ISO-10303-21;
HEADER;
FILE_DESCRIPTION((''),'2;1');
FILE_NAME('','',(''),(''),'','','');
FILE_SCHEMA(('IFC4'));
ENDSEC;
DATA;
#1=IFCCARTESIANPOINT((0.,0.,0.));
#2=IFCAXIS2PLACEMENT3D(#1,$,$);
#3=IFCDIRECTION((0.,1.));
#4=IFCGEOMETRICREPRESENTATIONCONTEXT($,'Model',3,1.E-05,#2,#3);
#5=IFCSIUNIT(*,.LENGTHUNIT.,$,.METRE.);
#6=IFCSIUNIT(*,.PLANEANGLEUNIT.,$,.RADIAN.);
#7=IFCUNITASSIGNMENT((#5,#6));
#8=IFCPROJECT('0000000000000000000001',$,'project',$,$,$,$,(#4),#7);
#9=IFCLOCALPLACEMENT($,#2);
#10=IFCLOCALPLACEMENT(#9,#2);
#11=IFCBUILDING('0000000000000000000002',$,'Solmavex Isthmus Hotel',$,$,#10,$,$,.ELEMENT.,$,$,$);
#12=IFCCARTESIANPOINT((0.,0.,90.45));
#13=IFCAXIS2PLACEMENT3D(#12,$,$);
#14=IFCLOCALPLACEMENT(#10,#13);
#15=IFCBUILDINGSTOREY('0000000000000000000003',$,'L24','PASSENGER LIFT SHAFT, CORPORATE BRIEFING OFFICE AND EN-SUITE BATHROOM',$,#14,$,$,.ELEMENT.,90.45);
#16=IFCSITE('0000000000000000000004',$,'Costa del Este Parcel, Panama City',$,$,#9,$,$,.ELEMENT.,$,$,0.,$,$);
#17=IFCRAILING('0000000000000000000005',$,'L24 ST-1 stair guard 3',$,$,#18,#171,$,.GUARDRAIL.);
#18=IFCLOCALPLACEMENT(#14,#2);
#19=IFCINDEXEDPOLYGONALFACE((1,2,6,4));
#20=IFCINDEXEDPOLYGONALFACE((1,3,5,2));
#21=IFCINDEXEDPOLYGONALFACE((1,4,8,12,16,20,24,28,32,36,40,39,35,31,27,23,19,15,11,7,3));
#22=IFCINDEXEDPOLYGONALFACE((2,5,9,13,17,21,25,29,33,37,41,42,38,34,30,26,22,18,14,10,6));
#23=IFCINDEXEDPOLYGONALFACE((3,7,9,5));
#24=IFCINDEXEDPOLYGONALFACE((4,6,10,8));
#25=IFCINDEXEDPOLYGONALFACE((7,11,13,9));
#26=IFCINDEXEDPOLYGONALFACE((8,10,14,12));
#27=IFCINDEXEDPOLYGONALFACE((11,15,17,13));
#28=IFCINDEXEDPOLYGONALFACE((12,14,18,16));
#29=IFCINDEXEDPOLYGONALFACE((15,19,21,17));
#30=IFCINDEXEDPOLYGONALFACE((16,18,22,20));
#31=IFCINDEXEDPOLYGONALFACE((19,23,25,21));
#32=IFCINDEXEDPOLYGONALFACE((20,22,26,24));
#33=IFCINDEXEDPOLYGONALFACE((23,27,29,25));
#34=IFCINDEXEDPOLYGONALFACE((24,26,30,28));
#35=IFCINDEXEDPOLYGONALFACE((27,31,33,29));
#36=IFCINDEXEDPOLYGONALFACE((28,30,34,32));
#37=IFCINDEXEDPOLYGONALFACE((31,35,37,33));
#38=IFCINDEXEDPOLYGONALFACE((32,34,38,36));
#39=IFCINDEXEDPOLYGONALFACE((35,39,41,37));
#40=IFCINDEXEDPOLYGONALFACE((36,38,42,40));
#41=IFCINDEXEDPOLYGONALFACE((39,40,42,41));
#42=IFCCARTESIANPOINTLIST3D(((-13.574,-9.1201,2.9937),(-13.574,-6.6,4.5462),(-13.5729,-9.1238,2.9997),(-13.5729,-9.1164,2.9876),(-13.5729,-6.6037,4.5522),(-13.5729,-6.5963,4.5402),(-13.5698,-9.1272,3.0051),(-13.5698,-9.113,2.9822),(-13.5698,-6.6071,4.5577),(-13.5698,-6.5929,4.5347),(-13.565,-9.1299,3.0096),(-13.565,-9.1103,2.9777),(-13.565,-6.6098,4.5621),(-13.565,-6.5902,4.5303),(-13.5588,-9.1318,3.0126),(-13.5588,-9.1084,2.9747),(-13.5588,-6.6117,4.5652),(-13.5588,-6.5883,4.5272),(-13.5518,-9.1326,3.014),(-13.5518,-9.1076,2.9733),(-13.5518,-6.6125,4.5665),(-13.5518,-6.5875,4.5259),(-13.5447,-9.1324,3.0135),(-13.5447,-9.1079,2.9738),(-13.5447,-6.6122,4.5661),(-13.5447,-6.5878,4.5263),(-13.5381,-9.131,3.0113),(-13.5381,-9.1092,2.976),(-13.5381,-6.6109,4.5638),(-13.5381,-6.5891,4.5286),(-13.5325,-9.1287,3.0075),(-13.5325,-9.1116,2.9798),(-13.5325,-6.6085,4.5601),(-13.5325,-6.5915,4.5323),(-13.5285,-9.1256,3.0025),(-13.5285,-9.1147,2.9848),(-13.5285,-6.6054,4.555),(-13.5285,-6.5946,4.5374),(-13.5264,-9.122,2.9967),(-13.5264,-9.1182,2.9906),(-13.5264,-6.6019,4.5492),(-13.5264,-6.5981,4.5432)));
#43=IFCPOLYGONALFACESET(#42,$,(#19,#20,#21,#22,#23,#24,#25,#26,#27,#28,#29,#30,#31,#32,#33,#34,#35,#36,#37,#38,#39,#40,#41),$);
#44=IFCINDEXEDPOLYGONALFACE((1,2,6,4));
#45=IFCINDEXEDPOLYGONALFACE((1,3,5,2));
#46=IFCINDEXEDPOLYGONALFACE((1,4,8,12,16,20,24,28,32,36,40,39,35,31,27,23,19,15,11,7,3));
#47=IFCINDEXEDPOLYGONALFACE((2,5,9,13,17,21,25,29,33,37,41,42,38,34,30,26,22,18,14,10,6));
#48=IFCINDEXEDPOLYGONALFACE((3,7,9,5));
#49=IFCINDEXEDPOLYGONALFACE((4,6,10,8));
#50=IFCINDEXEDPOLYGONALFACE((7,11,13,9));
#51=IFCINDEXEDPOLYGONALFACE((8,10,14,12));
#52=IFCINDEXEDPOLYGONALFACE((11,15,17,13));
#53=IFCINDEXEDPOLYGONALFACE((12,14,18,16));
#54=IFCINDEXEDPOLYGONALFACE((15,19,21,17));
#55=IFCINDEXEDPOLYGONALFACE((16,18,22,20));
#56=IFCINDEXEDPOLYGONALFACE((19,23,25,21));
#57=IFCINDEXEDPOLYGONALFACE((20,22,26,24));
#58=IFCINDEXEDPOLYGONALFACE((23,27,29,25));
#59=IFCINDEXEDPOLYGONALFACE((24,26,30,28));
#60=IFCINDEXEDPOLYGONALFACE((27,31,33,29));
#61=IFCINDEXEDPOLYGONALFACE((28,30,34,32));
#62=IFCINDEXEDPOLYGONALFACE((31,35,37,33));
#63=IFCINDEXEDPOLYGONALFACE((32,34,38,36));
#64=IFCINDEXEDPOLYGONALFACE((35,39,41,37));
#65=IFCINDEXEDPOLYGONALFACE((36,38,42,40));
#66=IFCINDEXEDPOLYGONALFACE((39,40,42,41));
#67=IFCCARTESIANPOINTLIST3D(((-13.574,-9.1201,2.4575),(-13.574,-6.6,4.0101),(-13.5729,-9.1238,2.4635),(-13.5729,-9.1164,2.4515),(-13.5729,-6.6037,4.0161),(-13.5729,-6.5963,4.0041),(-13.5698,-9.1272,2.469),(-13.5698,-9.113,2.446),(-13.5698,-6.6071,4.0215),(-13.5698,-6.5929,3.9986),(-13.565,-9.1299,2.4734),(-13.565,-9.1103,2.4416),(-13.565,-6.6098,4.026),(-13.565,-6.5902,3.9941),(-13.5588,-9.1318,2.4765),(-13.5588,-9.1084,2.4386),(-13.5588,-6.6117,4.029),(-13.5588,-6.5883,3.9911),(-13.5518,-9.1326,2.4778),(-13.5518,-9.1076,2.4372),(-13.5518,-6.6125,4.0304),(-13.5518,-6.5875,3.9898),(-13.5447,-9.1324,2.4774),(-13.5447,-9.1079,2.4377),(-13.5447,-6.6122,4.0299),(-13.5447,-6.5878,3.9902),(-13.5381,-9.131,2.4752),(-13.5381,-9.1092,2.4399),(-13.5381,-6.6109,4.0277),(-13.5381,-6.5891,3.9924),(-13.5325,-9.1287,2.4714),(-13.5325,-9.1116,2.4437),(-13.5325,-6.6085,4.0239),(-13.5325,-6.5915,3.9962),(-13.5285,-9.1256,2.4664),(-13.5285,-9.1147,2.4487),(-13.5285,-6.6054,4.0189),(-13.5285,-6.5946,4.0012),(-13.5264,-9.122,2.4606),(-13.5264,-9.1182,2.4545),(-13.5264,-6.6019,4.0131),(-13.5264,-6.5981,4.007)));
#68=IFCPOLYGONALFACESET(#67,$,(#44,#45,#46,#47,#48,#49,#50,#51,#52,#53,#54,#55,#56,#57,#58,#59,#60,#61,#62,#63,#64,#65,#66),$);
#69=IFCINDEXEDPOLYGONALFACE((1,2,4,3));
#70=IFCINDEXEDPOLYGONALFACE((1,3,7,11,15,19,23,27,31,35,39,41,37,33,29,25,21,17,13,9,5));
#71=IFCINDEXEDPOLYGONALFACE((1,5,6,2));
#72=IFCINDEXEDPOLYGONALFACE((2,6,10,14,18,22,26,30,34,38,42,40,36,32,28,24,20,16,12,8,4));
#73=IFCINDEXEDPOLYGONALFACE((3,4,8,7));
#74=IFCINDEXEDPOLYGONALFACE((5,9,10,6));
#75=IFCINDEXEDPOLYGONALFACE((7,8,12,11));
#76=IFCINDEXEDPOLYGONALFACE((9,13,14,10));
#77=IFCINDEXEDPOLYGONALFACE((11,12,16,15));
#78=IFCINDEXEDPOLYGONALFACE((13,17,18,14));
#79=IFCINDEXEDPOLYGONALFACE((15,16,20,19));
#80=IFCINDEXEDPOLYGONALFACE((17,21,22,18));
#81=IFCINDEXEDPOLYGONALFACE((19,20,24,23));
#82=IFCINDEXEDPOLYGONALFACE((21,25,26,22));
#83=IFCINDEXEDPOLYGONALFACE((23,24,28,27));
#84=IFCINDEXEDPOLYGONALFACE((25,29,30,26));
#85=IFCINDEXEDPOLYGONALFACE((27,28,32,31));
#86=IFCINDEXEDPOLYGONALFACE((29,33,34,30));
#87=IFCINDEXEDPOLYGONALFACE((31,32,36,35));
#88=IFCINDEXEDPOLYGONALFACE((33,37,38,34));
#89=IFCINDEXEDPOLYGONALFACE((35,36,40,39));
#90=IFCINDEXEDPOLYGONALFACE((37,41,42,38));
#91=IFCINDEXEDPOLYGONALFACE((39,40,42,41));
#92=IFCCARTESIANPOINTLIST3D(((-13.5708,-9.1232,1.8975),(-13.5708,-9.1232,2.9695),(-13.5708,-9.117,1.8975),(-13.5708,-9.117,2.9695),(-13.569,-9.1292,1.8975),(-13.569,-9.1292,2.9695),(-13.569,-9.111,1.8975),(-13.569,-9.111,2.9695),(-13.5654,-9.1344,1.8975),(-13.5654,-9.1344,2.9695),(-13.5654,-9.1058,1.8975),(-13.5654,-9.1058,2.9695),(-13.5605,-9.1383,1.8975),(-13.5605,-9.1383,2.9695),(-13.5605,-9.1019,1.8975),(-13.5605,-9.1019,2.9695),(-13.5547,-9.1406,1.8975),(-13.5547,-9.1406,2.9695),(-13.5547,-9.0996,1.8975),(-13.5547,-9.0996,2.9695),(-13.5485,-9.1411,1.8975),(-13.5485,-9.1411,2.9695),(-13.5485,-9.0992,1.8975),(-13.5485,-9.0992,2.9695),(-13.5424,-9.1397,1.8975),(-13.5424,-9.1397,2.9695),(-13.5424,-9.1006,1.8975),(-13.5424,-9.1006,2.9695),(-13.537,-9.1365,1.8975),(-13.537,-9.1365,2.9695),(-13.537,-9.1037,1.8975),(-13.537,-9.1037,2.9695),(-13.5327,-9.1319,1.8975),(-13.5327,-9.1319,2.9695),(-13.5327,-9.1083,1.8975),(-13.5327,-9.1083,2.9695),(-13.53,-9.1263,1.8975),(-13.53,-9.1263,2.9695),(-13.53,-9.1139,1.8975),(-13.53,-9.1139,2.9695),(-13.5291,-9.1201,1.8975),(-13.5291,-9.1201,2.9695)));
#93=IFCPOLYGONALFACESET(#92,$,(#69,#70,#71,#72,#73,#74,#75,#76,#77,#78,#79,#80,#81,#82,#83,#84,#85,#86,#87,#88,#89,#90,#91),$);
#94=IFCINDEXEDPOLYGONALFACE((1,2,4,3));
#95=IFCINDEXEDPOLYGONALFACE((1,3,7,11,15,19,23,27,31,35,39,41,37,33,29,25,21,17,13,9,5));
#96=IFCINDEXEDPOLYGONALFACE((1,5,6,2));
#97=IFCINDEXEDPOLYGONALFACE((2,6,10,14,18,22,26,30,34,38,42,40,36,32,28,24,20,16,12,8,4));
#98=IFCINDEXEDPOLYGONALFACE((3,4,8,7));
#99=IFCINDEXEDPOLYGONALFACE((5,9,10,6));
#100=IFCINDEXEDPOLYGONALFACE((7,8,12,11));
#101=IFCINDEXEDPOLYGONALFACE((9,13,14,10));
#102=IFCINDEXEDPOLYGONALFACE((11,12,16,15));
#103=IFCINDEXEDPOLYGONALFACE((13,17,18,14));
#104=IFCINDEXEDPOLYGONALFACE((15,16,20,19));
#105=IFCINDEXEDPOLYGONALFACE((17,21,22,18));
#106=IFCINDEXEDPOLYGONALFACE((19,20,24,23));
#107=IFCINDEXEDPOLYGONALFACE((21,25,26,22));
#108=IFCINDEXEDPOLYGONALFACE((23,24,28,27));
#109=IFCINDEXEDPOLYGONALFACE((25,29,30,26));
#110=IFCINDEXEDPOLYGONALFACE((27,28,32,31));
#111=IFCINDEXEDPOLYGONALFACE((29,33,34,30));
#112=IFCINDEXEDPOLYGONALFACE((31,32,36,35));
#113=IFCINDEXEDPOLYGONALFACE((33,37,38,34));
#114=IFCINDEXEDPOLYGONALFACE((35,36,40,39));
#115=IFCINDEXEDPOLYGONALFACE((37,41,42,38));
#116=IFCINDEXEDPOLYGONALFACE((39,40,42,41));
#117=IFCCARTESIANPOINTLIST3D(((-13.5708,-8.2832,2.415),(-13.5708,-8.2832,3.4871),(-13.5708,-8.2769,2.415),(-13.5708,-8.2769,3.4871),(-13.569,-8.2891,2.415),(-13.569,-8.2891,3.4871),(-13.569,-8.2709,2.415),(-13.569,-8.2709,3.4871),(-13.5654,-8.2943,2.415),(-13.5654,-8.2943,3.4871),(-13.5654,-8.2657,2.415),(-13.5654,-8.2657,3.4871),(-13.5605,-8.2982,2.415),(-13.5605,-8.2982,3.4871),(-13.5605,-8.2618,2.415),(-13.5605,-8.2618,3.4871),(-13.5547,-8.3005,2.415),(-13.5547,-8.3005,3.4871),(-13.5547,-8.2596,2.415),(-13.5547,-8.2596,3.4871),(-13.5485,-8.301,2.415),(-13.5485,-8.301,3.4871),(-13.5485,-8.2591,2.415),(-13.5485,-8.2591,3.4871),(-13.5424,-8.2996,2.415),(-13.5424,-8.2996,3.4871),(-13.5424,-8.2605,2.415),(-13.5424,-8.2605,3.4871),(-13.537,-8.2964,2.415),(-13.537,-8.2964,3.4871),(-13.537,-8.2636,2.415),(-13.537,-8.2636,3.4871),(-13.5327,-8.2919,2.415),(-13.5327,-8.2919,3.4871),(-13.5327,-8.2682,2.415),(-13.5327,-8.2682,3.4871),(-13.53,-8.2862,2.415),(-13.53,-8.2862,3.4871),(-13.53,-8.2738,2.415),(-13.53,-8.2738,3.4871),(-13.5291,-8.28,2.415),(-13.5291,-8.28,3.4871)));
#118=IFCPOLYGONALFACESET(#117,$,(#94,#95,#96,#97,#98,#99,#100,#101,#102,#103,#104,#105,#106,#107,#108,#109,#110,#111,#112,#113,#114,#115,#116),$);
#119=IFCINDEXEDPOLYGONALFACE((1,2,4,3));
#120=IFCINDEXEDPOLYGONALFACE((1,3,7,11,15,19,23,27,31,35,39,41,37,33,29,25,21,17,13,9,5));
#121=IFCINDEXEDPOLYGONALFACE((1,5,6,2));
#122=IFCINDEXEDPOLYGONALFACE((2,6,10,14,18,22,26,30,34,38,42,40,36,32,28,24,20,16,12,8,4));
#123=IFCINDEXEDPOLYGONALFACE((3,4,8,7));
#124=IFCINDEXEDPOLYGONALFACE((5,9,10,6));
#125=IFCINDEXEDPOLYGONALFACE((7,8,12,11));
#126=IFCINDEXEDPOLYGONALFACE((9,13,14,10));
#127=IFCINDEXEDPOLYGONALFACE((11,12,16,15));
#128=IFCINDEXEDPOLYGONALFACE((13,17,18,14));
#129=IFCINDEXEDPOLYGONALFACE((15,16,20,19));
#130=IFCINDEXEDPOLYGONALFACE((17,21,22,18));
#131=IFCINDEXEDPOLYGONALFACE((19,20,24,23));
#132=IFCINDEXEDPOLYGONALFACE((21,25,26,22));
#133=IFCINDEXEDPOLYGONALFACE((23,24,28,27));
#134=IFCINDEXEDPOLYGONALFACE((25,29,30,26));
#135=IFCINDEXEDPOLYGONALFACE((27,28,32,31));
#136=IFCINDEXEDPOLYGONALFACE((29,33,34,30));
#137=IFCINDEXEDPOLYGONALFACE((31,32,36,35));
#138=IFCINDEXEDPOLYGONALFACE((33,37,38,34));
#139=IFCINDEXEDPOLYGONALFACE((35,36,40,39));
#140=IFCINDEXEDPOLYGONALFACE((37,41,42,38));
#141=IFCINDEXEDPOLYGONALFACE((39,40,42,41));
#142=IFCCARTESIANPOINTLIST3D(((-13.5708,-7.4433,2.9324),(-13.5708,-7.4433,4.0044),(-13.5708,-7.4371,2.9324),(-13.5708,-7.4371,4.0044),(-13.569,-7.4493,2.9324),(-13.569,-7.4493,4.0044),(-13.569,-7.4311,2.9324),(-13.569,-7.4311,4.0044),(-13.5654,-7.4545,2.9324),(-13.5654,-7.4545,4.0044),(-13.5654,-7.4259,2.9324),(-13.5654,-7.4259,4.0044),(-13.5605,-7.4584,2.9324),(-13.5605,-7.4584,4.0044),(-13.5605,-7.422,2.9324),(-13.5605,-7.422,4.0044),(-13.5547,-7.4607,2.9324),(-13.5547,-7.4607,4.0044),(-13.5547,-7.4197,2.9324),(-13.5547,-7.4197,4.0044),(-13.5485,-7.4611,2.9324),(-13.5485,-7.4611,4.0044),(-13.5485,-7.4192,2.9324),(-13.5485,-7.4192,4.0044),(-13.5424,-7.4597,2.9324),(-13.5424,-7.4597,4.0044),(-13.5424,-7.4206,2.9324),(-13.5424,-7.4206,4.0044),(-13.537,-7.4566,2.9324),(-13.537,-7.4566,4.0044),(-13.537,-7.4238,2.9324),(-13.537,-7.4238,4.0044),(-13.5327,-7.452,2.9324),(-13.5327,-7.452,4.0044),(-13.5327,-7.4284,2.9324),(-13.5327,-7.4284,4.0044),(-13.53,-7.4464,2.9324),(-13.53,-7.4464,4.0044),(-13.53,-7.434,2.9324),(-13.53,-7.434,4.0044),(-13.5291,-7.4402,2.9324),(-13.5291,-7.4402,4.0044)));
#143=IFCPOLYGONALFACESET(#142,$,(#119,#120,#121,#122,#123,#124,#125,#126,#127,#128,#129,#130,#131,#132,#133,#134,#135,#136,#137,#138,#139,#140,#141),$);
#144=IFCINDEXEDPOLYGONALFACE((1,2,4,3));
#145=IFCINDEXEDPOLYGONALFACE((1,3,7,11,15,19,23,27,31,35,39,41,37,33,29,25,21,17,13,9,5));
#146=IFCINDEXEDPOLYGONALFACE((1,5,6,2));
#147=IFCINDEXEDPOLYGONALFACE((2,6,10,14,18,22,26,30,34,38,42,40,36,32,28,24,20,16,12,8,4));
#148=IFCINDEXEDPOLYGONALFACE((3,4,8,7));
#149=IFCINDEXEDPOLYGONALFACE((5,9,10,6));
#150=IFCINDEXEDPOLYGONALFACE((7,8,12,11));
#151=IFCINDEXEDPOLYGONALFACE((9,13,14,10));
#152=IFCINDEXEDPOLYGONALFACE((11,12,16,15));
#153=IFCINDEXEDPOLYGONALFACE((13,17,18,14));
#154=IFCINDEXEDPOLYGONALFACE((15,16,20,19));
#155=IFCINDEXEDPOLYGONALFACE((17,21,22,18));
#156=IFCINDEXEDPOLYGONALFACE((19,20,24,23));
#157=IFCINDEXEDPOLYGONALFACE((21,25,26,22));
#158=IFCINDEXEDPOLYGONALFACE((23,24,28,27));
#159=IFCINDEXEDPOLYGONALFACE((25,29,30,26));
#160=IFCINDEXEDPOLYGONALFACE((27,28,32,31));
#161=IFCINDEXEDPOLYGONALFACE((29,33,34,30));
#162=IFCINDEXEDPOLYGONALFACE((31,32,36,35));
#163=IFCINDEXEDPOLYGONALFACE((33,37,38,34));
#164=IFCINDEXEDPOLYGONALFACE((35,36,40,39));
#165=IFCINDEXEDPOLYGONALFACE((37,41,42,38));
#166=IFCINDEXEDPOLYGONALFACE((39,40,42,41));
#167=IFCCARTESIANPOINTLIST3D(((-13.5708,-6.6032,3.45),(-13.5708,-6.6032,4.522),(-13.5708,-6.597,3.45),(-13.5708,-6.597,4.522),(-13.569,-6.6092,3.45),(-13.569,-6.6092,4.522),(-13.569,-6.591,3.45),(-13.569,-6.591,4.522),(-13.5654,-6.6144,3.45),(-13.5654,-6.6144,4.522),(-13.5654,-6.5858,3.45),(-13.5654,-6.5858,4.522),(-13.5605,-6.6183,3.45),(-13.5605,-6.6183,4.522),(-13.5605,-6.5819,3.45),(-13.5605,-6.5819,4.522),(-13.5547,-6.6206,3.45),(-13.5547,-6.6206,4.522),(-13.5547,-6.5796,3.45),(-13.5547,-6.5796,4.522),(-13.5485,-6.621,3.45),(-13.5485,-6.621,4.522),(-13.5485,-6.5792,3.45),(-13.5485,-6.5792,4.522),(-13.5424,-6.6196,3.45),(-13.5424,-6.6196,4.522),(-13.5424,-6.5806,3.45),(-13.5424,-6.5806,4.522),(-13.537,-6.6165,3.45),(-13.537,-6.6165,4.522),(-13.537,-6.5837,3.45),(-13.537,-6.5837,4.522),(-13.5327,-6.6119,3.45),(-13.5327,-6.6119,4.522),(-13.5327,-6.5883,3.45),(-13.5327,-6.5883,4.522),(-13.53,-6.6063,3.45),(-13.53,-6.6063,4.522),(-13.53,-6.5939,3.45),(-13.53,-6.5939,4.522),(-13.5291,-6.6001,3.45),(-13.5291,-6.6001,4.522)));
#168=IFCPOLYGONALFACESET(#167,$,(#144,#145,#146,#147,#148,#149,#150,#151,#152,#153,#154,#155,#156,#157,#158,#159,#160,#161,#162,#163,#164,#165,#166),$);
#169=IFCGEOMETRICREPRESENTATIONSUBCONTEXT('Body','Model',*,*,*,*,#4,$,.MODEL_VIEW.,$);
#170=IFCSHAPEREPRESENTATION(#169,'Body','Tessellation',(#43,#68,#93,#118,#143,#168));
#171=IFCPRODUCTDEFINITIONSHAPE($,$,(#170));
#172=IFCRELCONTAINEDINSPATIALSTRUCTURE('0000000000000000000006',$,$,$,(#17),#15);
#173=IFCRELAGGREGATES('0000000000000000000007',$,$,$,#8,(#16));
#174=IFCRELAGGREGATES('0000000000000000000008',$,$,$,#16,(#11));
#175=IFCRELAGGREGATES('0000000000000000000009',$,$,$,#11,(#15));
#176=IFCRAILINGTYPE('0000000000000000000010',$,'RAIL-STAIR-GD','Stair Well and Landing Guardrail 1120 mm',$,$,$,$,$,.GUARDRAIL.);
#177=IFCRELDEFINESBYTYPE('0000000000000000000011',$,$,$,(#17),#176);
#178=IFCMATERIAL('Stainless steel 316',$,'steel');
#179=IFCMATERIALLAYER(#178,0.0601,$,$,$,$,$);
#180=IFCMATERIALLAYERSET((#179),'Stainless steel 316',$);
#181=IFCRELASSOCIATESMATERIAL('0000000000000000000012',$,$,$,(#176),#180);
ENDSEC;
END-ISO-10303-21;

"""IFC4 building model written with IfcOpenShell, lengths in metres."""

from ifc_helpers import new_model, si_unit, direction, frame, origin, origin_2d, place, context, subcontext, project, spatial, circle, extrude, material, layer, layer_set, type_object, element, save


model = new_model("IFC4")

# Units and contexts
model_context = context("Model", 3, precision=1e-05, world=origin(), true_north=direction((0.0, 1.0)))
body_context = subcontext(model_context, "Body", "Model", "MODEL_VIEW")
ifc_project = project(units=[si_unit("LENGTHUNIT", "METRE"), si_unit("PLANEANGLEUNIT", "RADIAN")], contexts=[model_context])

# Site, building, storey
site_placement = place(None, origin())
site = spatial("IfcSite", under=ifc_project, at=site_placement, Name="Costa del Este Parcel, Panama City", CompositionType="ELEMENT", RefElevation=0.0)
building_placement = place(site_placement, origin())
building = spatial("IfcBuilding", under=site, at=building_placement, Name="Solmavex Isthmus Hotel", CompositionType="ELEMENT")
storey_placement = place(building_placement, frame((0.0, 0.0, 90.45)))
storey = spatial("IfcBuildingStorey", under=building, at=storey_placement, Name="L24", Description="PASSENGER LIFT SHAFT, CORPORATE BRIEFING OFFICE AND EN-SUITE BATHROOM", CompositionType="ELEMENT", Elevation=90.45)

# Shared definitions
ifc_material_1 = material(Name="Stainless steel 316", Category="steel")

# Railing
ifc_layer_1 = layer(ifc_material_1, 0.0601)
ifc_layer_set_1 = layer_set([ifc_layer_1], Name="Stainless steel 316")
railing_type_1 = type_object("IfcRailingType", Name="RAIL-STAIR-GD", Description="Stair Well and Landing Guardrail 1120 mm", PredefinedType="GUARDRAIL", material=ifc_layer_set_1)
railing_1_placement = place(storey_placement, frame((-13.55, -9.1201, 1.8975)))
element("IfcRailing", 1, at=railing_1_placement, inside=storey, type_object=railing_type_1, Name="L24 ST-1 stair guard 3", PredefinedType="GUARDRAIL", context=body_context, shape_type="SweptSolid", body=[
    extrude(circle(Radius=0.0239, at=origin_2d()), frame((0.0, 0.0, 1.0962), z_axis=(0.0, 0.8514, 0.524516), x_axis=(-1.0, 0.0, 0.0)), (0.0, 0.0, 1.0), 2.96),
    extrude(circle(Radius=0.0239, at=origin_2d()), frame((0.0, 0.0, 0.5601), z_axis=(0.0, 0.8514, 0.524516), x_axis=(-1.0, 0.0, 0.0)), (0.0, 0.0, 1.0), 2.96),
    extrude(circle(Radius=0.021, at=origin_2d()), origin(), (0.0, 0.0, 1.0), 1.072),
    extrude(circle(Radius=0.021, at=origin_2d()), frame((0.0, 0.8401, 0.5176)), (0.0, 0.0, 1.0), 1.072),
    extrude(circle(Radius=0.021, at=origin_2d()), frame((0.0, 1.6799, 1.0349)), (0.0, 0.0, 1.0), 1.072),
    extrude(circle(Radius=0.021, at=origin_2d()), frame((0.0, 2.52, 1.5525)), (0.0, 0.0, 1.0), 1.072),
])

save(model, "model.ifc")
